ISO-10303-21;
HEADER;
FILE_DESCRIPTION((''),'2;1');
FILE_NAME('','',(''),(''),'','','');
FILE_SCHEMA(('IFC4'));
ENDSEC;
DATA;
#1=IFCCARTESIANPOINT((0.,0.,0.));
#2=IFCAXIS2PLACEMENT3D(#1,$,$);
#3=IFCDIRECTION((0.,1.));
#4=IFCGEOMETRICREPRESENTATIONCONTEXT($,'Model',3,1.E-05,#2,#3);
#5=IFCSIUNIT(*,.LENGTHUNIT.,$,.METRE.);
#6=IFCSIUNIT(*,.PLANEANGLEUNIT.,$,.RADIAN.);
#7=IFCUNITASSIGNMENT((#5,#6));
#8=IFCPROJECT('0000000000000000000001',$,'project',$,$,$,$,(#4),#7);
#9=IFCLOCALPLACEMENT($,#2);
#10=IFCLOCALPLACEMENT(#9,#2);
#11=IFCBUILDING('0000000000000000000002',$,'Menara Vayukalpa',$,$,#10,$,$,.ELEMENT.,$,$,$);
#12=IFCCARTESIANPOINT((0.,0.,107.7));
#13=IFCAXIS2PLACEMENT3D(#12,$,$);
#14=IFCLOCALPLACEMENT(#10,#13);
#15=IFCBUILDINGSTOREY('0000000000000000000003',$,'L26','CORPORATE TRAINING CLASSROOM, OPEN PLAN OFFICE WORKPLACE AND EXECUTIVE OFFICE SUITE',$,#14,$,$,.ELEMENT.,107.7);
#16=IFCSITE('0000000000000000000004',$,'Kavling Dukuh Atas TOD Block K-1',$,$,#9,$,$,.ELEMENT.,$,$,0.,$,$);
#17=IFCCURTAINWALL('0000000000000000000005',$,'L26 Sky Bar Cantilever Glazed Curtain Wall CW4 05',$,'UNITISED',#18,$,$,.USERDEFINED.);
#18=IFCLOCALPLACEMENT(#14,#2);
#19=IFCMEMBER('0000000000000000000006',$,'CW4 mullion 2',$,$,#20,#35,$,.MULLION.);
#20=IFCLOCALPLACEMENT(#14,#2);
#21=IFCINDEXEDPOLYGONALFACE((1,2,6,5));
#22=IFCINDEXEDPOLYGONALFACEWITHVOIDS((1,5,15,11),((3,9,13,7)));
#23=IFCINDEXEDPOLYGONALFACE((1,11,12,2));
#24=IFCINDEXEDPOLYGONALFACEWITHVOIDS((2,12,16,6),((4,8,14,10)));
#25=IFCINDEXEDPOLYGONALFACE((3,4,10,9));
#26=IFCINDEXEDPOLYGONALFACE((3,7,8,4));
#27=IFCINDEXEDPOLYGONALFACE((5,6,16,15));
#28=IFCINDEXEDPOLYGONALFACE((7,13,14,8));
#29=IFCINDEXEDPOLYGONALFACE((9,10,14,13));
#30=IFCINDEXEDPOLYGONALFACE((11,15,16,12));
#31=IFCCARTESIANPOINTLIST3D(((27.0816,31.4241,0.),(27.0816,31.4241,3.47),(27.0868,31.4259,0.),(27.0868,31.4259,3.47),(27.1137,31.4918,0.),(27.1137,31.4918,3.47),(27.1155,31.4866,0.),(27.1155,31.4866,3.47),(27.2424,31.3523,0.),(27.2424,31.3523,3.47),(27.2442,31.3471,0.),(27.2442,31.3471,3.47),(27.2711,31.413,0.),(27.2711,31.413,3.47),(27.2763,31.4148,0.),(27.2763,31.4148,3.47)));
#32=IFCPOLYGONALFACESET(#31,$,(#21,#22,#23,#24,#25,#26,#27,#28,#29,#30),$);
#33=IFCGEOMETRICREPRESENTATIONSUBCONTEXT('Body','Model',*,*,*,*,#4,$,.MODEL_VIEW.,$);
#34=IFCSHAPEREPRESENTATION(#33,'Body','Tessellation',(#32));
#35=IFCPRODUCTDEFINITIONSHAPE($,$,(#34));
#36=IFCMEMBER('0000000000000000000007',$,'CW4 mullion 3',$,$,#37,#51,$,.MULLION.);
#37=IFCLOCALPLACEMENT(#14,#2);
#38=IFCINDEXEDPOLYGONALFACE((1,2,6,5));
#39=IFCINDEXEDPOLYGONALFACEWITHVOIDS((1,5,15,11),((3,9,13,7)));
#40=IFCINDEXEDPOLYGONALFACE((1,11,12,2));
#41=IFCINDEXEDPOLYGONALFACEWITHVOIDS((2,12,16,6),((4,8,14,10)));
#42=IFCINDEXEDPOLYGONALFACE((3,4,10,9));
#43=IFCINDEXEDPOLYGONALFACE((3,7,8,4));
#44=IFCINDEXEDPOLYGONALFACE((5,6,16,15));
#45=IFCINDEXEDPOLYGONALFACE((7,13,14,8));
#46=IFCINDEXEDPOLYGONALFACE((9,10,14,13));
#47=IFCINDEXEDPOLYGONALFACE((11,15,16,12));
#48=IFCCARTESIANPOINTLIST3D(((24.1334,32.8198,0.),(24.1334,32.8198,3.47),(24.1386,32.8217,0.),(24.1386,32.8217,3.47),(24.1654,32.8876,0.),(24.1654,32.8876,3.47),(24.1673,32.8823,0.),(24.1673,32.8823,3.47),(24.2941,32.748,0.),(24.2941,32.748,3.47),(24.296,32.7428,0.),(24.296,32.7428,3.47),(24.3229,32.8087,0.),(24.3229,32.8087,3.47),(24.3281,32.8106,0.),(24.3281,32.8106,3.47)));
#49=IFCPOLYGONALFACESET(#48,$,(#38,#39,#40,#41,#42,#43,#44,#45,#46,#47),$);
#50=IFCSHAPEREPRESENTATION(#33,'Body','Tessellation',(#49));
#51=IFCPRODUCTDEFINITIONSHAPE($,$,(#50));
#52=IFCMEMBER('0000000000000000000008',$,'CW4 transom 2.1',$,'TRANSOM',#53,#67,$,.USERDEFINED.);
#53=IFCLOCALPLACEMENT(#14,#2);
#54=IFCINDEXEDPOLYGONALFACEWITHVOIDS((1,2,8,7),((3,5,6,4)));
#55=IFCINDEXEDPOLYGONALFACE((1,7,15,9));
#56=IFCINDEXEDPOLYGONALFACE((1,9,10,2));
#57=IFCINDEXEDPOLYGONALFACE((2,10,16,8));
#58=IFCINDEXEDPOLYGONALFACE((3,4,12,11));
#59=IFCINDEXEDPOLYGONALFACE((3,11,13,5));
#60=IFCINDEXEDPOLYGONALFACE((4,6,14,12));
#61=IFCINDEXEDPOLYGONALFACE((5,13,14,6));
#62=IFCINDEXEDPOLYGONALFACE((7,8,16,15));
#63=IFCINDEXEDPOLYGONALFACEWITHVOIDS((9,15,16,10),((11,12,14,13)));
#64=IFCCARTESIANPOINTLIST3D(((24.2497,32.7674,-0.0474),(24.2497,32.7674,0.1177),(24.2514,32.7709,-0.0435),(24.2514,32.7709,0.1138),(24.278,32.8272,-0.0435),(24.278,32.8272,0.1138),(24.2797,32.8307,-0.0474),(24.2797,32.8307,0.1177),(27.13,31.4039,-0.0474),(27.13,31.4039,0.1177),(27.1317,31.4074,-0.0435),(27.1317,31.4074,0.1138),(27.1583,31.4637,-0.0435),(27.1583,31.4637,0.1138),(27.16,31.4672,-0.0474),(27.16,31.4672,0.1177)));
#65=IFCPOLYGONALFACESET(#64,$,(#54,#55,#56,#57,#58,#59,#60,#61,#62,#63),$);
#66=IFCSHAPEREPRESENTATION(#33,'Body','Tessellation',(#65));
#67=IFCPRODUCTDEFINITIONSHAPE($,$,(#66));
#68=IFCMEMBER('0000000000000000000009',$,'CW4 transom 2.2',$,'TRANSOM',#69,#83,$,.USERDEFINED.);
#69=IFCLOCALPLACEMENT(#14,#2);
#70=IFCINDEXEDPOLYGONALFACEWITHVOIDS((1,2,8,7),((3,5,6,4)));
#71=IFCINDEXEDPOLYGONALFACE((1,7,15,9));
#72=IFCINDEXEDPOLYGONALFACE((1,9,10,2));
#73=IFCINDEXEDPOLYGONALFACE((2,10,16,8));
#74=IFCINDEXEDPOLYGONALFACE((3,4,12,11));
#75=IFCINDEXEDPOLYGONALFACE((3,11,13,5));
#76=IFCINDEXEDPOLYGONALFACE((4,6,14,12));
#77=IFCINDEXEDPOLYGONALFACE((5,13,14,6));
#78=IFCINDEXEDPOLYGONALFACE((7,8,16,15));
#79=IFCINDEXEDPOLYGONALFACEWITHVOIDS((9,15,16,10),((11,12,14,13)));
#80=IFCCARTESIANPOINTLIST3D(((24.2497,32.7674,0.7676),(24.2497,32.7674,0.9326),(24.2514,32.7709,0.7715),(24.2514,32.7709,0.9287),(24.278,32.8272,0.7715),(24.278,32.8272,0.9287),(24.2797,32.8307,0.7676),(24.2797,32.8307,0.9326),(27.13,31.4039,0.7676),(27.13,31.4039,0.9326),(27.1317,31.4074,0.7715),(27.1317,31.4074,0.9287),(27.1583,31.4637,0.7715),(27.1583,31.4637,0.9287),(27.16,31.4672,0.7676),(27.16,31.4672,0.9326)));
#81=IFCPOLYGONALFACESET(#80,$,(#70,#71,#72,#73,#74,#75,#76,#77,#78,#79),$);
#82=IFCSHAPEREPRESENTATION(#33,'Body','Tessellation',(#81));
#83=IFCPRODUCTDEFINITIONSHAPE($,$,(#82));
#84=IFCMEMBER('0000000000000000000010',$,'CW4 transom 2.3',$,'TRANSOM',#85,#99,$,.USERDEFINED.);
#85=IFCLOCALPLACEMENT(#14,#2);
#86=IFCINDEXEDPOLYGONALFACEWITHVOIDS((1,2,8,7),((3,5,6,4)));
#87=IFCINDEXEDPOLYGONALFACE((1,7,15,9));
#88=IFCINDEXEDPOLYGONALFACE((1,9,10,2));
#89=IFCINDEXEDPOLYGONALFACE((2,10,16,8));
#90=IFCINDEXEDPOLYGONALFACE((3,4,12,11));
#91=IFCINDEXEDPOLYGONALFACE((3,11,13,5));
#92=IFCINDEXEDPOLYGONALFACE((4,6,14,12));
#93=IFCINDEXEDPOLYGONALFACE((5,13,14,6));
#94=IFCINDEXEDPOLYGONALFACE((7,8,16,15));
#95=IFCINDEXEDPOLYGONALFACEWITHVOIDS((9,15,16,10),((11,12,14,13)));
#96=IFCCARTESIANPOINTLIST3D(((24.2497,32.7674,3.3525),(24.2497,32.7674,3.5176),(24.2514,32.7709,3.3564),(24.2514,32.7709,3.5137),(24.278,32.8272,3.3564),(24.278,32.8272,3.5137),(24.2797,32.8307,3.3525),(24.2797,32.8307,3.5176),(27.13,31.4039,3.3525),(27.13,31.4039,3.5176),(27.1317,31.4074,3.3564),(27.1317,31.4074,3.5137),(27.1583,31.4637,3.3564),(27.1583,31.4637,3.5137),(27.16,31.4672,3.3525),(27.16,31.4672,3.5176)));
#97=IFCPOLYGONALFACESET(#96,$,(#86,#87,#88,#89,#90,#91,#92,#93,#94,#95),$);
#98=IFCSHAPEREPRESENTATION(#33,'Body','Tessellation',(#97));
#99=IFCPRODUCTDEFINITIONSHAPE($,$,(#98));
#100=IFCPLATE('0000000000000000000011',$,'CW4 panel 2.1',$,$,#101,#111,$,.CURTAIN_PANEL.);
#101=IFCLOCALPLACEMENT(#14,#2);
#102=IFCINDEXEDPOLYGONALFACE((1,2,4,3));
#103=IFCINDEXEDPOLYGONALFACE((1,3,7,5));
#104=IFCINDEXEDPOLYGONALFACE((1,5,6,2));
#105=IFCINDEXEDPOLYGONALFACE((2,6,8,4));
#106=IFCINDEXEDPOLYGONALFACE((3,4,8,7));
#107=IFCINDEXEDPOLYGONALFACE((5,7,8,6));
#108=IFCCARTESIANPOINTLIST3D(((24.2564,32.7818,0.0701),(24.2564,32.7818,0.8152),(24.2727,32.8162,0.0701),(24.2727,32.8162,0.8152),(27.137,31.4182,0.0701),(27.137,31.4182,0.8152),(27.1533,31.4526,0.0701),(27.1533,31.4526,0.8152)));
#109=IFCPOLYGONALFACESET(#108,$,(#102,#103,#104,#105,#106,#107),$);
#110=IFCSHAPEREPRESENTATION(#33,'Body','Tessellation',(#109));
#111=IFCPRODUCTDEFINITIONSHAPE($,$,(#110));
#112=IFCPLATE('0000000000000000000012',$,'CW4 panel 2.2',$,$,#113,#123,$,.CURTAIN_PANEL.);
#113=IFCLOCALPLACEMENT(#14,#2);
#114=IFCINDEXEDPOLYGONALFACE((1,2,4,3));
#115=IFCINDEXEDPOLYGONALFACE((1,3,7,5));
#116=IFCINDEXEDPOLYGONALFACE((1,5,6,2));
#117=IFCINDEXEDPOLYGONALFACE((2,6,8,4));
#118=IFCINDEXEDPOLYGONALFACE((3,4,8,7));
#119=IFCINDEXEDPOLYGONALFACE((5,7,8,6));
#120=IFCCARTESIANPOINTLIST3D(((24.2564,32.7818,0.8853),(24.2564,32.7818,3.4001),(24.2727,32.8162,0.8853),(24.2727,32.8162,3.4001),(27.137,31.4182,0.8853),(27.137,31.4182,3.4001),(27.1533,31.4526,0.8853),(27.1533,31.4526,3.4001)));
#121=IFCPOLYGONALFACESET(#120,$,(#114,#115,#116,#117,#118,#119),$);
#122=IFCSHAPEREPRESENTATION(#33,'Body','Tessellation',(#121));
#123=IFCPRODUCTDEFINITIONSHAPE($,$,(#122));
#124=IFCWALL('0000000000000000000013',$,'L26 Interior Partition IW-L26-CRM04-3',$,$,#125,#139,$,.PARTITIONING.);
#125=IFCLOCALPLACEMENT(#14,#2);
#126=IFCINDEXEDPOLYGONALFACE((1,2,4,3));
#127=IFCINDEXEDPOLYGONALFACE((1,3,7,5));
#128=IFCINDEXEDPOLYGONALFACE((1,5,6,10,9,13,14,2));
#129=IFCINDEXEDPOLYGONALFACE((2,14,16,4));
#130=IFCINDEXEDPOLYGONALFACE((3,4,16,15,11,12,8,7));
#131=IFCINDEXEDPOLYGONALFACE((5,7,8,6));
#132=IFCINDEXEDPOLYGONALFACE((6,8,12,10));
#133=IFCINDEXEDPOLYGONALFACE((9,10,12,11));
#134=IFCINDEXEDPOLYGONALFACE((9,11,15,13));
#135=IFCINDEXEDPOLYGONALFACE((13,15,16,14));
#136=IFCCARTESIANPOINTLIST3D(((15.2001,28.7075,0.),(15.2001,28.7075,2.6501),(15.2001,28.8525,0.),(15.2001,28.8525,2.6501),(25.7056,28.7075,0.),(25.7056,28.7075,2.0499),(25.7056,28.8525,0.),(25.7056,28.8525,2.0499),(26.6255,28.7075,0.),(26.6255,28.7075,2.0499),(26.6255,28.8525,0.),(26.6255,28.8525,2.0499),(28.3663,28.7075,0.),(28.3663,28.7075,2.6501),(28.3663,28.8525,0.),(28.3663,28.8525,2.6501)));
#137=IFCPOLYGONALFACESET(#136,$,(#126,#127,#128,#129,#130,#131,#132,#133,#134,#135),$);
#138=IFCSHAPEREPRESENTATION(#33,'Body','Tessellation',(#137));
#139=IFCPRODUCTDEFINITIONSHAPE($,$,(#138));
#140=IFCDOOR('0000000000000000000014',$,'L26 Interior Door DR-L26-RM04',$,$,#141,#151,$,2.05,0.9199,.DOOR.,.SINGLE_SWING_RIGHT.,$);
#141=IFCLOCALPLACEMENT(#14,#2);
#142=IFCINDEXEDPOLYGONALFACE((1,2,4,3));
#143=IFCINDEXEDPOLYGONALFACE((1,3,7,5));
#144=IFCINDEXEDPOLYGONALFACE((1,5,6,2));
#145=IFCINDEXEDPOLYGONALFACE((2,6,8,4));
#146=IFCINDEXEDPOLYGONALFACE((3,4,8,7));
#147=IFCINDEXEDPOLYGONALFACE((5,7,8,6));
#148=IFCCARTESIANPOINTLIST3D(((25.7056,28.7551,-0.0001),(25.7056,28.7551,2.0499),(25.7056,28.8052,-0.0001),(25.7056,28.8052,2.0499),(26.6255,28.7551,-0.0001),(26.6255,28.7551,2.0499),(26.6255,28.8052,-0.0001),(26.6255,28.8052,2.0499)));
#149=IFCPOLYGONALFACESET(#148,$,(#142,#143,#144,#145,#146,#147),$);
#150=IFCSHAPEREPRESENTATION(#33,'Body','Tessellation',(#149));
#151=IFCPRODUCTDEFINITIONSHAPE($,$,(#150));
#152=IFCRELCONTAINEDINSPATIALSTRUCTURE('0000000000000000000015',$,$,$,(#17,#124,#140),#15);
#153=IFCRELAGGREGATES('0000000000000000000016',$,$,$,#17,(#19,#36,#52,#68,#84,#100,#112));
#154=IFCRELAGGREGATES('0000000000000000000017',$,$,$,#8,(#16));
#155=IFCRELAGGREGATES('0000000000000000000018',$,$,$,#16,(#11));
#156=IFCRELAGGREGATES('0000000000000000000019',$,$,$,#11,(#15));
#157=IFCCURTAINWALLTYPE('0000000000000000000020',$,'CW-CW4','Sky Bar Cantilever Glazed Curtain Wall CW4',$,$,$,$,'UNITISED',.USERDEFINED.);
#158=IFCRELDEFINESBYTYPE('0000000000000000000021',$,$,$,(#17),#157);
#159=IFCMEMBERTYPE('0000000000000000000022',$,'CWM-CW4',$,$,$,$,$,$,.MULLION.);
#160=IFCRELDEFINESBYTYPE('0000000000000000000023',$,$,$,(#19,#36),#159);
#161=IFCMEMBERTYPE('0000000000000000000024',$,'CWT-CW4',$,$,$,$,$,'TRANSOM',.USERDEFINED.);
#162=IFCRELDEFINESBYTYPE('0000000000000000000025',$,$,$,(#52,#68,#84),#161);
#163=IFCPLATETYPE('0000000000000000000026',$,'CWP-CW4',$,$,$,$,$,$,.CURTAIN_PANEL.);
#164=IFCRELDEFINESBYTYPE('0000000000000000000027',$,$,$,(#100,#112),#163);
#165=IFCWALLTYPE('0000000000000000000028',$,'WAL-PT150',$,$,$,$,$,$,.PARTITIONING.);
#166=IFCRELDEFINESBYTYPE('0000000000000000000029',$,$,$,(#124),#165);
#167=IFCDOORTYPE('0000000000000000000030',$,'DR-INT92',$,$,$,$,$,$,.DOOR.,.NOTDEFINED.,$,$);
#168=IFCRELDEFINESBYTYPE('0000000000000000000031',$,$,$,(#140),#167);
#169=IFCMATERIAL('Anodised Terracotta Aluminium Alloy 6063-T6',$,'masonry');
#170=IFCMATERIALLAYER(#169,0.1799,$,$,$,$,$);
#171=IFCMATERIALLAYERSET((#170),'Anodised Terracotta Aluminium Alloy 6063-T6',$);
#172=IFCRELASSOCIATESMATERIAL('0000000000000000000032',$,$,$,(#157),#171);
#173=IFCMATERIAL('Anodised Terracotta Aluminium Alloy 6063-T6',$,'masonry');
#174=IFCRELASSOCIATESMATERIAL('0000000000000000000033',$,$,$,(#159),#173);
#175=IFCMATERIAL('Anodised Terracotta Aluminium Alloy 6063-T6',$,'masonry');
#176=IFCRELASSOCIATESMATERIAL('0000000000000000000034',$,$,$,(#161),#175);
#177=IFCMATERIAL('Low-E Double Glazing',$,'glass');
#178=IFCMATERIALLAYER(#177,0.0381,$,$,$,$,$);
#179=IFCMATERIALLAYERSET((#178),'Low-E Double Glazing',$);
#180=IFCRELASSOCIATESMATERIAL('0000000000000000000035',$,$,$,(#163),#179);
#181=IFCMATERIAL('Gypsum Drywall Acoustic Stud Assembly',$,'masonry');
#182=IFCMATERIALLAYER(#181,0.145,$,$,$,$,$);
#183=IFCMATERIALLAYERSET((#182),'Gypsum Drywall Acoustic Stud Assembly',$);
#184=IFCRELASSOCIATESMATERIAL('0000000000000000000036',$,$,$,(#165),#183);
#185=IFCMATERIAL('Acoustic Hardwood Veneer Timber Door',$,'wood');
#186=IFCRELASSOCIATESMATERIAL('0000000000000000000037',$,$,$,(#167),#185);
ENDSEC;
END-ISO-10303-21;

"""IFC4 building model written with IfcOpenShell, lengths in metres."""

from ifc_helpers import new_model, si_unit, direction, frame, frame_2d, origin, origin_2d, place, context, subcontext, project, spatial, rectangle, hollow_rectangle, extrude, material, layer, layer_set, material_profile, profile_set, type_object, element, fill, aggregate, save


model = new_model("IFC4")

# Units and contexts
model_context = context("Model", 3, precision=1e-05, world=origin(), true_north=direction((0.0, 1.0)))
body_context = subcontext(model_context, "Body", "Model", "MODEL_VIEW")
ifc_project = project(units=[si_unit("LENGTHUNIT", "METRE"), si_unit("PLANEANGLEUNIT", "RADIAN")], contexts=[model_context])

# Site, building, storey
site_placement = place(None, origin())
site = spatial("IfcSite", under=ifc_project, at=site_placement, Name="Kavling Dukuh Atas TOD Block K-1", CompositionType="ELEMENT", RefElevation=0.0)
building_placement = place(site_placement, origin())
building = spatial("IfcBuilding", under=site, at=building_placement, Name="Menara Vayukalpa", CompositionType="ELEMENT")
storey_placement = place(building_placement, frame((0.0, 0.0, 107.7)))
storey = spatial("IfcBuildingStorey", under=building, at=storey_placement, Name="L26", Description="CORPORATE TRAINING CLASSROOM, OPEN PLAN OFFICE WORKPLACE AND EXECUTIVE OFFICE SUITE", CompositionType="ELEMENT", Elevation=107.7)

# Curtain wall, members, plates
ifc_material_1 = material(Name="Anodised Terracotta Aluminium Alloy 6063-T6", Category="masonry")
ifc_layer_1 = layer(ifc_material_1, 0.1799)
ifc_layer_set_1 = layer_set([ifc_layer_1], Name="Anodised Terracotta Aluminium Alloy 6063-T6")
curtain_wall_type = type_object("IfcCurtainWallType", Name="CW-CW4", Description="Sky Bar Cantilever Glazed Curtain Wall CW4", ElementType="UNITISED", PredefinedType="USERDEFINED", material=ifc_layer_set_1)
curtain_wall_placement = place(storey_placement, origin())
curtain_wall = element("IfcCurtainWall", 1, at=curtain_wall_placement, inside=storey, type_object=curtain_wall_type, Name="L26 Sky Bar Cantilever Glazed Curtain Wall CW4 05", ObjectType="UNITISED", PredefinedType="USERDEFINED")
ifc_material_2 = material(Name="Anodised Terracotta Aluminium Alloy 6063-T6", Category="masonry")
ifc_material_profile_1 = material_profile(ifc_material_2, hollow_rectangle(XDim=0.075, YDim=0.1799, WallThickness=0.0039, at=origin_2d()), Name="ALU 75x180x4")
ifc_profile_set_1 = profile_set([ifc_material_profile_1], Name="Anodised Terracotta Aluminium Alloy 6063-T6")
member_type_1 = type_object("IfcMemberType", Name="CWM-CW4", PredefinedType="MULLION", material=ifc_profile_set_1)
member_1_placement = place(storey_placement, frame((27.179, 31.4194, 0.0), z_axis=(0.0, 0.0, 1.0), x_axis=(-0.427871, -0.90384, 0.0)))
member_1 = element("IfcMember", 2, at=member_1_placement, type_object=member_type_1, Name="CW4 mullion 2", PredefinedType="MULLION", context=body_context, shape_type="SweptSolid", body=[
    extrude(hollow_rectangle(XDim=0.075, YDim=0.1799, WallThickness=0.0039, at=origin_2d()), origin(), (0.0, 0.0, 1.0), 3.47),
])
member_2_placement = place(storey_placement, frame((24.2307, 32.8152, 0.0), z_axis=(0.0, 0.0, 1.0), x_axis=(-0.427871, -0.90384, 0.0)))
member_2 = element("IfcMember", 3, at=member_2_placement, type_object=member_type_1, Name="CW4 mullion 3", PredefinedType="MULLION", context=body_context, shape_type="SweptSolid", body=[
    extrude(hollow_rectangle(XDim=0.075, YDim=0.1799, WallThickness=0.0039, at=origin_2d()), origin(), (0.0, 0.0, 1.0), 3.47),
])
ifc_material_3 = material(Name="Anodised Terracotta Aluminium Alloy 6063-T6", Category="masonry")
ifc_material_profile_2 = material_profile(ifc_material_3, hollow_rectangle(XDim=0.0701, YDim=0.165, WallThickness=0.0039, at=origin_2d()), Name="ALU 70x165x4")
ifc_profile_set_2 = profile_set([ifc_material_profile_2], Name="Anodised Terracotta Aluminium Alloy 6063-T6")
member_type_2 = type_object("IfcMemberType", Name="CWT-CW4", ElementType="TRANSOM", PredefinedType="USERDEFINED", material=ifc_profile_set_2)
member_3_placement = place(storey_placement, frame((27.145, 31.4355, 0.0352), z_axis=(-0.903842, 0.427866, 0.0), x_axis=(-0.427866, -0.903842, 0.0)))
member_3 = element("IfcMember", 4, at=member_3_placement, type_object=member_type_2, Name="CW4 transom 2.1", ObjectType="TRANSOM", PredefinedType="USERDEFINED", context=body_context, shape_type="SweptSolid", body=[
    extrude(hollow_rectangle(XDim=0.0701, YDim=0.165, WallThickness=0.0039, at=origin_2d()), origin(), (0.0, 0.0, 1.0), 3.1868),
])
member_4_placement = place(storey_placement, frame((27.145, 31.4355, 0.8501), z_axis=(-0.903842, 0.427866, 0.0), x_axis=(-0.427866, -0.903842, 0.0)))
member_4 = element("IfcMember", 5, at=member_4_placement, type_object=member_type_2, Name="CW4 transom 2.2", ObjectType="TRANSOM", PredefinedType="USERDEFINED", context=body_context, shape_type="SweptSolid", body=[
    extrude(hollow_rectangle(XDim=0.0701, YDim=0.165, WallThickness=0.0039, at=origin_2d()), origin(), (0.0, 0.0, 1.0), 3.1868),
])
member_5_placement = place(storey_placement, frame((27.145, 31.4355, 3.4351), z_axis=(-0.903842, 0.427866, 0.0), x_axis=(-0.427866, -0.903842, 0.0)))
member_5 = element("IfcMember", 6, at=member_5_placement, type_object=member_type_2, Name="CW4 transom 2.3", ObjectType="TRANSOM", PredefinedType="USERDEFINED", context=body_context, shape_type="SweptSolid", body=[
    extrude(hollow_rectangle(XDim=0.0701, YDim=0.165, WallThickness=0.0039, at=origin_2d()), origin(), (0.0, 0.0, 1.0), 3.1868),
])
ifc_material_4 = material(Name="Low-E Double Glazing", Category="glass")
ifc_layer_2 = layer(ifc_material_4, 0.0381)
ifc_layer_set_2 = layer_set([ifc_layer_2], Name="Low-E Double Glazing")
plate_type = type_object("IfcPlateType", Name="CWP-CW4", PredefinedType="CURTAIN_PANEL", material=ifc_layer_set_2)
plate_1_placement = place(storey_placement, frame((25.7048, 32.1172, 0.0701), z_axis=(0.0, 0.0, 1.0), x_axis=(-0.90384, 0.427871, 0.0)))
plate_1 = element("IfcPlate", 7, at=plate_1_placement, type_object=plate_type, Name="CW4 panel 2.1", PredefinedType="CURTAIN_PANEL", context=body_context, shape_type="SweptSolid", body=[
    extrude(rectangle(XDim=3.187, YDim=0.0381, at=origin_2d()), origin(), (0.0, 0.0, 1.0), 0.7451),
])
plate_2_placement = place(storey_placement, frame((25.7048, 32.1172, 0.8853), z_axis=(0.0, 0.0, 1.0), x_axis=(-0.90384, 0.427871, 0.0)))
plate_2 = element("IfcPlate", 8, at=plate_2_placement, type_object=plate_type, Name="CW4 panel 2.2", PredefinedType="CURTAIN_PANEL", context=body_context, shape_type="SweptSolid", body=[
    extrude(rectangle(XDim=3.187, YDim=0.0381, at=origin_2d()), origin(), (0.0, 0.0, 1.0), 2.5149),
])
aggregate(curtain_wall, [member_1, member_2, member_3, member_4, member_5, plate_1, plate_2])

# Wall, opening, door
ifc_material_5 = material(Name="Gypsum Drywall Acoustic Stud Assembly", Category="masonry")
ifc_layer_3 = layer(ifc_material_5, 0.145)
ifc_layer_set_3 = layer_set([ifc_layer_3], Name="Gypsum Drywall Acoustic Stud Assembly")
wall_type = type_object("IfcWallType", Name="WAL-PT150", PredefinedType="PARTITIONING", material=ifc_layer_set_3)
wall_placement = place(storey_placement, frame((28.3662, 28.78, 0.0), z_axis=(0.0, 0.0, 1.0), x_axis=(-1.0, 0.0, 0.0)))
wall = element("IfcWall", 9, at=wall_placement, inside=storey, type_object=wall_type, Name="L26 Interior Partition IW-L26-CRM04-3", PredefinedType="PARTITIONING", context=body_context, shape_type="SweptSolid", body=[
    extrude(rectangle(XDim=13.1663, YDim=0.145, at=frame_2d((6.583, 0.0))), origin(), (0.0, 0.0, 1.0), 2.6501),
])
opening_placement = place(wall_placement, frame((1.7407, 0.0, 0.0)))
opening = element("IfcOpeningElement", 10, at=opening_placement, cuts=wall, PredefinedType="OPENING", context=body_context, shape_type="SweptSolid", body=[
    extrude(rectangle(XDim=0.9199, YDim=2.05, at=frame_2d((0.46, 1.0249))), frame((0.0, 0.0825, 0.0), z_axis=(0.0, -1.0, 0.0), x_axis=(1.0, 0.0, 0.0)), (0.0, 0.0, 1.0), 0.165),
])
ifc_material_6 = material(Name="Acoustic Hardwood Veneer Timber Door", Category="wood")
door_type = type_object("IfcDoorType", Name="DR-INT92", OperationType="NOTDEFINED", PredefinedType="DOOR", material=ifc_material_6)
door_placement = place(opening_placement, origin())
door = element("IfcDoor", 11, at=door_placement, inside=storey, type_object=door_type, Name="L26 Interior Door DR-L26-RM04", OperationType="SINGLE_SWING_RIGHT", OverallHeight=2.05, OverallWidth=0.9199, PredefinedType="DOOR", context=body_context, shape_type="SweptSolid", body=[
    extrude(rectangle(XDim=0.9199, YDim=2.05, at=frame_2d((0.46, 1.0249))), frame((0.0, 0.0249, 0.0), z_axis=(0.0, -1.0, 0.0), x_axis=(1.0, 0.0, 0.0)), (0.0, 0.0, 1.0), 0.05),
])
fill(opening, door)

save(model, "model.ifc")
